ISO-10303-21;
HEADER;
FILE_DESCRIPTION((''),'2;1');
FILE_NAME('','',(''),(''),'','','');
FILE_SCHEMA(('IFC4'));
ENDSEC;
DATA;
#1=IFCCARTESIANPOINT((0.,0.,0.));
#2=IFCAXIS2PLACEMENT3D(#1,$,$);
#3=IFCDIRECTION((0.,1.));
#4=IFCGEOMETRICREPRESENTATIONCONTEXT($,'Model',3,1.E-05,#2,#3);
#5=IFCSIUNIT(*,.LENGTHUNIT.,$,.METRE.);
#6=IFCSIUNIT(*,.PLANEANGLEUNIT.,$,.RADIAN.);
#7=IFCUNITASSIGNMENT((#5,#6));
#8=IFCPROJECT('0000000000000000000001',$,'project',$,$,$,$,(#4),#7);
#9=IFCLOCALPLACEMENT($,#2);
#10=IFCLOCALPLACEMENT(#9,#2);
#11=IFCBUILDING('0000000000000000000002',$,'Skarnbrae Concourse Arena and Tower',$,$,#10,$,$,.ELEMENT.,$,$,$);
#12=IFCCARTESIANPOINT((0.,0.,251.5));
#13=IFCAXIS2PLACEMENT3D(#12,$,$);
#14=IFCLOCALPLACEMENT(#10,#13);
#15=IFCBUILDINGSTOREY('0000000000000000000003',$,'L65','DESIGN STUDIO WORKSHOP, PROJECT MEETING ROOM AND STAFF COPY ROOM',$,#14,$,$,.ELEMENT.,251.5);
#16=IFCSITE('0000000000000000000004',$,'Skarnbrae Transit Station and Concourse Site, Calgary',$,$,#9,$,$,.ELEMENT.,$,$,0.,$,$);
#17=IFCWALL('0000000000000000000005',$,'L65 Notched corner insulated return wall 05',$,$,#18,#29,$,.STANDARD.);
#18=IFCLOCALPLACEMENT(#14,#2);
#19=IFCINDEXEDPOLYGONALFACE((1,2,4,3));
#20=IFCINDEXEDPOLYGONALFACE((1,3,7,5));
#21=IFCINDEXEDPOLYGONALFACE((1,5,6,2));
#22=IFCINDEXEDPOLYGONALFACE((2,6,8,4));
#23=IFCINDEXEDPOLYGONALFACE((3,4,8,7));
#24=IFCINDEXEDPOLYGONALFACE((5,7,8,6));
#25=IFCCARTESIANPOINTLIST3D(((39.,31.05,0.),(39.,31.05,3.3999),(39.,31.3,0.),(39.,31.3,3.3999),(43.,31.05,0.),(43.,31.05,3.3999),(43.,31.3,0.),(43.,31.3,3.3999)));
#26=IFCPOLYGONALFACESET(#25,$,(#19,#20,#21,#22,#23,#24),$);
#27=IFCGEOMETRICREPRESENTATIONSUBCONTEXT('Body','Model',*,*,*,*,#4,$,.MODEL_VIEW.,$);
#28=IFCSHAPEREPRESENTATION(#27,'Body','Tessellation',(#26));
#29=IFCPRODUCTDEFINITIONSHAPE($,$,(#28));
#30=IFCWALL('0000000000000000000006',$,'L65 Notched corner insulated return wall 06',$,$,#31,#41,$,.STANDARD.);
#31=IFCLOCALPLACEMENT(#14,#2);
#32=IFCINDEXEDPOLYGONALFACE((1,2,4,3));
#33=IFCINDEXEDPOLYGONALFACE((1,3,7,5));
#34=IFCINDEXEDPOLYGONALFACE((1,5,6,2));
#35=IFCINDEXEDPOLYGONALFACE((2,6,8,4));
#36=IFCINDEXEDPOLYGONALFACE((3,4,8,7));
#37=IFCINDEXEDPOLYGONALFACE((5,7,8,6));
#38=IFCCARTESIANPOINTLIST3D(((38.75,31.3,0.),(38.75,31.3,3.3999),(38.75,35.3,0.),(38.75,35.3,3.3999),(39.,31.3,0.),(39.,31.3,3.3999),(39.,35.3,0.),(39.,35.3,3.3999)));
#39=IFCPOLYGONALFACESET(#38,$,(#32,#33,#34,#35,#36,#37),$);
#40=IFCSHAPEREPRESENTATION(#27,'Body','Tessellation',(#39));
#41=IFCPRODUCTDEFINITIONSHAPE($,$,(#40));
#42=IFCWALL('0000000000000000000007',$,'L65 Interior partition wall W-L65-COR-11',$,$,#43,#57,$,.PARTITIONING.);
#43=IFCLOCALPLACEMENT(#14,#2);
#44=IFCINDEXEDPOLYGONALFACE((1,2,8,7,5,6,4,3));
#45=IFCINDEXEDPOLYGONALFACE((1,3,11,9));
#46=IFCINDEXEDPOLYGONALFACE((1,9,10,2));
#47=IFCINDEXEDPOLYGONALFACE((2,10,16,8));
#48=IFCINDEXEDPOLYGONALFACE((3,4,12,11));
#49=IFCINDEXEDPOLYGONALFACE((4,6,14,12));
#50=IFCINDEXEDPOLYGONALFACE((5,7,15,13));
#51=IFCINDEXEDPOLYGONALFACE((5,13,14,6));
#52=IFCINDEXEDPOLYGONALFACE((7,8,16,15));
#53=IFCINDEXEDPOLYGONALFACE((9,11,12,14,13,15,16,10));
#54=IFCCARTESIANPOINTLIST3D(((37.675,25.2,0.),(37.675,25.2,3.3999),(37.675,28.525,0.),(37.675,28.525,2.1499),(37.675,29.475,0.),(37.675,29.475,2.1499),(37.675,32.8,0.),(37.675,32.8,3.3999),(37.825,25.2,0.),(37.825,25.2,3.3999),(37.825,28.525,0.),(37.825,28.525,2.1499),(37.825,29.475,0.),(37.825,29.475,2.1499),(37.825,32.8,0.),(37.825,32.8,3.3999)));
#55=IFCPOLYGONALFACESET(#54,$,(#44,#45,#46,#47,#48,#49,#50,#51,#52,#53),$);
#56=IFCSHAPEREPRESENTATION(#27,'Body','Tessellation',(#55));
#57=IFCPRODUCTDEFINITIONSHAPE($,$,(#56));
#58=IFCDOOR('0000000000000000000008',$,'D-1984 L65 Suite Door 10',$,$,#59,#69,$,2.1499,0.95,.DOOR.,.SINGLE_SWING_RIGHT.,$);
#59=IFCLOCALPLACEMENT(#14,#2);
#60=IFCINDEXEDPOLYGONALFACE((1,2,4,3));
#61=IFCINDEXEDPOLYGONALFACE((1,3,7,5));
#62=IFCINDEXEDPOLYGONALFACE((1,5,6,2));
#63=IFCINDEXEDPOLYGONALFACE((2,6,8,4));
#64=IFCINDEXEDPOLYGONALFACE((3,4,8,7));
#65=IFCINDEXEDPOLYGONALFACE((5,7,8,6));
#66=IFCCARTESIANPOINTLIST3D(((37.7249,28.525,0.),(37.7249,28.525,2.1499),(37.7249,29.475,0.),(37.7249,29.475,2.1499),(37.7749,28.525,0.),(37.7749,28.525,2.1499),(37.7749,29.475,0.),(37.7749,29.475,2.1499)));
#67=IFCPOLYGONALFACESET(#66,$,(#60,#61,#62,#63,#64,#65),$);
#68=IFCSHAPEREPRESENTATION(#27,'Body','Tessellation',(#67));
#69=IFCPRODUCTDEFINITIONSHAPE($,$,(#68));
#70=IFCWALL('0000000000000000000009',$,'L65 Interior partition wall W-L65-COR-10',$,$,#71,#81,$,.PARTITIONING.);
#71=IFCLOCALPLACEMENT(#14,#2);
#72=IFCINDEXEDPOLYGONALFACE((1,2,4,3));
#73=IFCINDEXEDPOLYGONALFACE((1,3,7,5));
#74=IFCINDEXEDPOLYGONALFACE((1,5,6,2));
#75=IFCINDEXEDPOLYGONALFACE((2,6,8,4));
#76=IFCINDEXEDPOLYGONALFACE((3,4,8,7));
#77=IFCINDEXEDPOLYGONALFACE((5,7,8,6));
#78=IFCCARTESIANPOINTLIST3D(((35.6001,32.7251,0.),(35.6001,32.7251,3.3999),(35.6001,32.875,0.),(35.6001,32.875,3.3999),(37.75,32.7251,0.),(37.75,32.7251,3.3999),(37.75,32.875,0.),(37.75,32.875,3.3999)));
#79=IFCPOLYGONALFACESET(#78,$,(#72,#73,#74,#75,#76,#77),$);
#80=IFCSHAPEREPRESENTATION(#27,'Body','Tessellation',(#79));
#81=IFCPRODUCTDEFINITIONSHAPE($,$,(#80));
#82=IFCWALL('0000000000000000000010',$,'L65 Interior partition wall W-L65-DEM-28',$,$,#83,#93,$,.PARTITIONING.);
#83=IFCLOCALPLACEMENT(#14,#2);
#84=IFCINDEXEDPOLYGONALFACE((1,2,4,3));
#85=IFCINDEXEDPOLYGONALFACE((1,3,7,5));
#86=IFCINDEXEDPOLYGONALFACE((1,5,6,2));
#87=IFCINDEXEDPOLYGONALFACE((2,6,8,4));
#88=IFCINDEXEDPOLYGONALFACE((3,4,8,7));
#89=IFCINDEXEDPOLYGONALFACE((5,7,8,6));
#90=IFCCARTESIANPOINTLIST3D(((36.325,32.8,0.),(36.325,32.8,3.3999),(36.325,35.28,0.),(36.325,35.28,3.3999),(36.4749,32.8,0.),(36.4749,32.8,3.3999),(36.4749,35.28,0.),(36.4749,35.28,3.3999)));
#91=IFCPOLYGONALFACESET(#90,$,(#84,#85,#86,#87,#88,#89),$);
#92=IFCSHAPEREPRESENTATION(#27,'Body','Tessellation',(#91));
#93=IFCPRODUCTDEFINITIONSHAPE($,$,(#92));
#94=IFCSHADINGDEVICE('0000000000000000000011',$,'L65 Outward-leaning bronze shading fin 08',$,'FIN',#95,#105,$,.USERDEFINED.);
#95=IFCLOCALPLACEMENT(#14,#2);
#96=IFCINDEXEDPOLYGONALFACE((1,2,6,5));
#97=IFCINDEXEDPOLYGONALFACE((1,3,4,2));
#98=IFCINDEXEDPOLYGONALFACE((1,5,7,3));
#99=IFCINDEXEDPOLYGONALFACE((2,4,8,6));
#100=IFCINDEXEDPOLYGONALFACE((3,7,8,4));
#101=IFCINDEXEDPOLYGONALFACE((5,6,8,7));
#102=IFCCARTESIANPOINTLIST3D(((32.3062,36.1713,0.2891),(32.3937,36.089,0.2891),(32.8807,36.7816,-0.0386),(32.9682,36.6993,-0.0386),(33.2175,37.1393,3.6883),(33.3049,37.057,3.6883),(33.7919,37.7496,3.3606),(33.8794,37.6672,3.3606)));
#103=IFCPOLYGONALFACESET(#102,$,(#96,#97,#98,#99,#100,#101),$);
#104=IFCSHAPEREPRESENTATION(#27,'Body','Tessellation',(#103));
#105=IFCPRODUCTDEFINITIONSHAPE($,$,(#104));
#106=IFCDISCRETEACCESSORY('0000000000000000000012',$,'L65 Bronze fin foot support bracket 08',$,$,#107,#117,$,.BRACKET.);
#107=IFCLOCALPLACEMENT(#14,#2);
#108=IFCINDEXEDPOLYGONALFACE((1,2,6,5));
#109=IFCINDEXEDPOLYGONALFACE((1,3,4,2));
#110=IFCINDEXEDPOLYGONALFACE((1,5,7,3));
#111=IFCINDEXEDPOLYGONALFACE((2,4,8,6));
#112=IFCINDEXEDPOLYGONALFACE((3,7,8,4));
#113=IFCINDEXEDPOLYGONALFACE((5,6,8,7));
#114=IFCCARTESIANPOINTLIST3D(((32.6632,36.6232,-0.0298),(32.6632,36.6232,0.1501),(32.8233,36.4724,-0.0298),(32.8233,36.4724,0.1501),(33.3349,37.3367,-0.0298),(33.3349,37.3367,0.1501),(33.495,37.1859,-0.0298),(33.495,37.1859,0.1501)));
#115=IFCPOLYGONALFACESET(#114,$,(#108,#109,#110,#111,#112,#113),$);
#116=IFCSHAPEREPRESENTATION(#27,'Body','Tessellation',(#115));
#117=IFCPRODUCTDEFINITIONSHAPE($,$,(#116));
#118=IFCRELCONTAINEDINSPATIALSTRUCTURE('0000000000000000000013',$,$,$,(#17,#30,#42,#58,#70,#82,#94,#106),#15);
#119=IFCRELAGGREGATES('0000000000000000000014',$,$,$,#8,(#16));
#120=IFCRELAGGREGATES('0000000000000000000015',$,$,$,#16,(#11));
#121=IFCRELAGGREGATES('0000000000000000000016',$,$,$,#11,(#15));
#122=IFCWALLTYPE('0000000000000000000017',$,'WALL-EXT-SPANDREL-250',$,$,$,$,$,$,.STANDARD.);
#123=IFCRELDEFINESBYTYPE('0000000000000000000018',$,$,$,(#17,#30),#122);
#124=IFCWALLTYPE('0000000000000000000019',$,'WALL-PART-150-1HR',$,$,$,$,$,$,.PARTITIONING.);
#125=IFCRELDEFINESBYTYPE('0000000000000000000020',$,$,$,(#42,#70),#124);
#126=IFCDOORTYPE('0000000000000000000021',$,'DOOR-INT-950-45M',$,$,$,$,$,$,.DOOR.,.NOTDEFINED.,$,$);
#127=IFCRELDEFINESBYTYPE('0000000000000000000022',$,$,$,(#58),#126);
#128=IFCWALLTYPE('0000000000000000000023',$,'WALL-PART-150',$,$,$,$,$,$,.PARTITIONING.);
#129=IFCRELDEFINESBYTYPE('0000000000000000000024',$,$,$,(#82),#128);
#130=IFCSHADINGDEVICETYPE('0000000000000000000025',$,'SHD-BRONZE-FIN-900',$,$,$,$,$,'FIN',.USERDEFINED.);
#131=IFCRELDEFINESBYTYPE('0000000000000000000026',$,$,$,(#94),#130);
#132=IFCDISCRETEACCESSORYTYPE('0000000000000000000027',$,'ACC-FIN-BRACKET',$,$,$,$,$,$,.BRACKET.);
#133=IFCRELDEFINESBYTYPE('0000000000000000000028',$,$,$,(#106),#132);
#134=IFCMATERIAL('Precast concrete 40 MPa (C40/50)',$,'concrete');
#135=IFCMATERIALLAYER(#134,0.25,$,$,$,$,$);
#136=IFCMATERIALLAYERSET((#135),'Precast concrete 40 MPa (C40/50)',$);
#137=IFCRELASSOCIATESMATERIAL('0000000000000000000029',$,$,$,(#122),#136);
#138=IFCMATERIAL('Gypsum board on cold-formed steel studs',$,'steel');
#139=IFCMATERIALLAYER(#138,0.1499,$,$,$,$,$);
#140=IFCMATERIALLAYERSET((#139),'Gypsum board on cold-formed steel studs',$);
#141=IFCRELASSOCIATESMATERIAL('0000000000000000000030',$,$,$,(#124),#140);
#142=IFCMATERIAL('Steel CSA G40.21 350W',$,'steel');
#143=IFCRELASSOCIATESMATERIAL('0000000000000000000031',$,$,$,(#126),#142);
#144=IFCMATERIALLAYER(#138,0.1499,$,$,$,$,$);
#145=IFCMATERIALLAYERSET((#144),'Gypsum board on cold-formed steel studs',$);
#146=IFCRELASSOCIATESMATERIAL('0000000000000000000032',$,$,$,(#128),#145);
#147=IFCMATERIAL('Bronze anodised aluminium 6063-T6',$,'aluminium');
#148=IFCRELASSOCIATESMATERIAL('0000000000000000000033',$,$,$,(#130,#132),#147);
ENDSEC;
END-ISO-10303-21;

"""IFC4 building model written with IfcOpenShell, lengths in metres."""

from ifc_helpers import new_model, si_unit, direction, frame, frame_2d, origin, origin_2d, place, context, subcontext, project, spatial, rectangle, extrude, source, transform, mapped, material, layer, layer_set, type_object, element, fill, save


model = new_model("IFC4")

# Units and contexts
model_context = context("Model", 3, precision=1e-05, world=origin(), true_north=direction((0.0, 1.0)))
body_context = subcontext(model_context, "Body", "Model", "MODEL_VIEW")
ifc_project = project(units=[si_unit("LENGTHUNIT", "METRE"), si_unit("PLANEANGLEUNIT", "RADIAN")], contexts=[model_context])

# Site, building, storey
site_placement = place(None, origin())
site = spatial("IfcSite", under=ifc_project, at=site_placement, Name="Skarnbrae Transit Station and Concourse Site, Calgary", CompositionType="ELEMENT", RefElevation=0.0)
building_placement = place(site_placement, origin())
building = spatial("IfcBuilding", under=site, at=building_placement, Name="Skarnbrae Concourse Arena and Tower", CompositionType="ELEMENT")
storey_placement = place(building_placement, frame((0.0, 0.0, 251.5)))
storey = spatial("IfcBuildingStorey", under=building, at=storey_placement, Name="L65", Description="DESIGN STUDIO WORKSHOP, PROJECT MEETING ROOM AND STAFF COPY ROOM", CompositionType="ELEMENT", Elevation=251.5)

# Shared definitions
ifc_material_1 = material(Name="Steel CSA G40.21 350W", Category="steel")

# Shared definitions
ifc_material_2 = material(Name="Bronze anodised aluminium 6063-T6", Category="aluminium")

# Walls
ifc_material_3 = material(Name="Precast concrete 40 MPa (C40/50)", Category="concrete")
ifc_layer_1 = layer(ifc_material_3, 0.25)
ifc_layer_set_1 = layer_set([ifc_layer_1], Name="Precast concrete 40 MPa (C40/50)")
wall_type_1 = type_object("IfcWallType", Name="WALL-EXT-SPANDREL-250", PredefinedType="STANDARD", material=ifc_layer_set_1)
shared_shape_1 = source(origin(), body_context, "Body", "SweptSolid", [
    extrude(rectangle(XDim=4.0, YDim=0.25, at=frame_2d((2.0, 0.0))), origin(), (0.0, 0.0, 1.0), 3.3999),
])
for number, where, z_axis, x_axis, name in (
    (1, (43.0, 31.175, 0.0), (0.0, 0.0, 1.0), (-1.0, 0.0, 0.0), "L65 Notched corner insulated return wall 05"),
    (2, (38.875, 31.3, 0.0), (0.0, 0.0, 1.0), (0.0, 1.0, 0.0), "L65 Notched corner insulated return wall 06"),
):
    element("IfcWall", number, at=place(storey_placement, frame(where, z_axis=z_axis, x_axis=x_axis)), inside=storey, type_object=wall_type_1, Name=name, PredefinedType="STANDARD", context=body_context, shape_type="MappedRepresentation", body=[
        mapped(shared_shape_1, transform((0.0, 0.0, 0.0))),
    ])

# Wall, opening, door
ifc_material_4 = material(Name="Gypsum board on cold-formed steel studs", Category="steel")
ifc_layer_2 = layer(ifc_material_4, 0.1499)
ifc_layer_set_2 = layer_set([ifc_layer_2], Name="Gypsum board on cold-formed steel studs")
wall_type_2 = type_object("IfcWallType", Name="WALL-PART-150-1HR", PredefinedType="PARTITIONING", material=ifc_layer_set_2)
shared_shape_2 = source(origin(), body_context, "Body", "SweptSolid", [
    extrude(rectangle(XDim=7.6001, YDim=0.1499, at=frame_2d((3.8, 0.0))), origin(), (0.0, 0.0, 1.0), 3.3999),
])
wall_1_placement = place(storey_placement, frame((37.75, 32.8, 0.0), z_axis=(0.0, 0.0, 1.0), x_axis=(0.0, -1.0, 0.0)))
wall_1 = element("IfcWall", 3, at=wall_1_placement, inside=storey, type_object=wall_type_2, Name="L65 Interior partition wall W-L65-COR-11", PredefinedType="PARTITIONING", context=body_context, shape_type="MappedRepresentation", body=[
    mapped(shared_shape_2, transform((0.0, 0.0, 0.0))),
])
opening_placement = place(wall_1_placement, frame((3.325, 0.0, 0.0)))
opening = element("IfcOpeningElement", 4, at=opening_placement, cuts=wall_1, PredefinedType="OPENING", context=body_context, shape_type="SweptSolid", body=[
    extrude(rectangle(XDim=0.95, YDim=2.1499, at=frame_2d((0.4751, 1.075))), frame((0.0, 0.085, 0.0), z_axis=(0.0, -1.0, 0.0), x_axis=(1.0, 0.0, 0.0)), (0.0, 0.0, 1.0), 0.1699),
])
door_type = type_object("IfcDoorType", Name="DOOR-INT-950-45M", OperationType="NOTDEFINED", PredefinedType="DOOR", material=ifc_material_1)
shared_shape_3 = source(origin(), body_context, "Body", "SweptSolid", [
    extrude(rectangle(XDim=0.95, YDim=2.1499, at=frame_2d((0.4751, 1.075))), frame((0.0, 0.0249, 0.0), z_axis=(0.0, -1.0, 0.0), x_axis=(1.0, 0.0, 0.0)), (0.0, 0.0, 1.0), 0.05),
])
door_placement = place(opening_placement, origin())
door = element("IfcDoor", 5, at=door_placement, inside=storey, type_object=door_type, Name="D-1984 L65 Suite Door 10", OperationType="SINGLE_SWING_RIGHT", OverallHeight=2.1499, OverallWidth=0.95, PredefinedType="DOOR", context=body_context, shape_type="MappedRepresentation", body=[
    mapped(shared_shape_3, transform((0.0, 0.0, 0.0))),
])
fill(opening, door)

# Walls
shared_shape_4 = source(origin(), body_context, "Body", "SweptSolid", [
    extrude(rectangle(XDim=2.1499, YDim=0.1499, at=frame_2d((1.075, 0.0))), origin(), (0.0, 0.0, 1.0), 3.3999),
])
wall_2_placement = place(storey_placement, frame((35.6001, 32.8, 0.0), z_axis=(0.0, 0.0, 1.0), x_axis=(1.0, 0.0, 0.0)))
element("IfcWall", 6, at=wall_2_placement, inside=storey, type_object=wall_type_2, Name="L65 Interior partition wall W-L65-COR-10", PredefinedType="PARTITIONING", context=body_context, shape_type="MappedRepresentation", body=[
    mapped(shared_shape_4, transform((0.0, 0.0, 0.0))),
])
ifc_layer_3 = layer(ifc_material_4, 0.1499)
ifc_layer_set_3 = layer_set([ifc_layer_3], Name="Gypsum board on cold-formed steel studs")
wall_type_3 = type_object("IfcWallType", Name="WALL-PART-150", PredefinedType="PARTITIONING", material=ifc_layer_set_3)
shared_shape_5 = source(origin(), body_context, "Body", "SweptSolid", [
    extrude(rectangle(XDim=2.48, YDim=0.1499, at=frame_2d((1.24, 0.0))), origin(), (0.0, 0.0, 1.0), 3.3999),
])
wall_3_placement = place(storey_placement, frame((36.3999, 35.28, 0.0), z_axis=(0.0, 0.0, 1.0), x_axis=(0.0, -1.0, 0.0)))
element("IfcWall", 7, at=wall_3_placement, inside=storey, type_object=wall_type_3, Name="L65 Interior partition wall W-L65-DEM-28", PredefinedType="PARTITIONING", context=body_context, shape_type="MappedRepresentation", body=[
    mapped(shared_shape_5, transform((0.0, 0.0, 0.0))),
])

# Shading device
shading_device_type = type_object("IfcShadingDeviceType", Name="SHD-BRONZE-FIN-900", ElementType="FIN", PredefinedType="USERDEFINED", material=ifc_material_2)
shared_shape_6 = source(origin(), body_context, "Body", "SweptSolid", [
    extrude(rectangle(XDim=0.1201, YDim=0.8999, at=origin_2d()), origin(), (0.0, 0.0, 1.0), 3.6499),
])
shading_device_placement = place(storey_placement, frame((32.6372, 36.4353, 0.1252), z_axis=(0.249655, 0.265205, 0.93131), x_axis=(0.728132, -0.685437, 0.0)))
element("IfcShadingDevice", 8, at=shading_device_placement, inside=storey, type_object=shading_device_type, Name="L65 Outward-leaning bronze shading fin 08", ObjectType="FIN", PredefinedType="USERDEFINED", context=body_context, shape_type="MappedRepresentation", body=[
    mapped(shared_shape_6, transform((0.0, 0.0, 0.0))),
])

# Discrete accessory
discrete_accessory_type = type_object("IfcDiscreteAccessoryType", Name="ACC-FIN-BRACKET", PredefinedType="BRACKET", material=ifc_material_2)
shared_shape_7 = source(origin(), body_context, "Body", "SweptSolid", [
    extrude(rectangle(XDim=0.22, YDim=0.98, at=origin_2d()), origin(), (0.0, 0.0, 1.0), 0.1799),
])
discrete_accessory_placement = place(storey_placement, frame((33.0791, 36.9045, -0.0298), z_axis=(0.0, 0.0, 1.0), x_axis=(0.728132, -0.685437, 0.0)))
element("IfcDiscreteAccessory", 9, at=discrete_accessory_placement, inside=storey, type_object=discrete_accessory_type, Name="L65 Bronze fin foot support bracket 08", PredefinedType="BRACKET", context=body_context, shape_type="MappedRepresentation", body=[
    mapped(shared_shape_7, transform((0.0, 0.0, 0.0))),
])

save(model, "model.ifc")
